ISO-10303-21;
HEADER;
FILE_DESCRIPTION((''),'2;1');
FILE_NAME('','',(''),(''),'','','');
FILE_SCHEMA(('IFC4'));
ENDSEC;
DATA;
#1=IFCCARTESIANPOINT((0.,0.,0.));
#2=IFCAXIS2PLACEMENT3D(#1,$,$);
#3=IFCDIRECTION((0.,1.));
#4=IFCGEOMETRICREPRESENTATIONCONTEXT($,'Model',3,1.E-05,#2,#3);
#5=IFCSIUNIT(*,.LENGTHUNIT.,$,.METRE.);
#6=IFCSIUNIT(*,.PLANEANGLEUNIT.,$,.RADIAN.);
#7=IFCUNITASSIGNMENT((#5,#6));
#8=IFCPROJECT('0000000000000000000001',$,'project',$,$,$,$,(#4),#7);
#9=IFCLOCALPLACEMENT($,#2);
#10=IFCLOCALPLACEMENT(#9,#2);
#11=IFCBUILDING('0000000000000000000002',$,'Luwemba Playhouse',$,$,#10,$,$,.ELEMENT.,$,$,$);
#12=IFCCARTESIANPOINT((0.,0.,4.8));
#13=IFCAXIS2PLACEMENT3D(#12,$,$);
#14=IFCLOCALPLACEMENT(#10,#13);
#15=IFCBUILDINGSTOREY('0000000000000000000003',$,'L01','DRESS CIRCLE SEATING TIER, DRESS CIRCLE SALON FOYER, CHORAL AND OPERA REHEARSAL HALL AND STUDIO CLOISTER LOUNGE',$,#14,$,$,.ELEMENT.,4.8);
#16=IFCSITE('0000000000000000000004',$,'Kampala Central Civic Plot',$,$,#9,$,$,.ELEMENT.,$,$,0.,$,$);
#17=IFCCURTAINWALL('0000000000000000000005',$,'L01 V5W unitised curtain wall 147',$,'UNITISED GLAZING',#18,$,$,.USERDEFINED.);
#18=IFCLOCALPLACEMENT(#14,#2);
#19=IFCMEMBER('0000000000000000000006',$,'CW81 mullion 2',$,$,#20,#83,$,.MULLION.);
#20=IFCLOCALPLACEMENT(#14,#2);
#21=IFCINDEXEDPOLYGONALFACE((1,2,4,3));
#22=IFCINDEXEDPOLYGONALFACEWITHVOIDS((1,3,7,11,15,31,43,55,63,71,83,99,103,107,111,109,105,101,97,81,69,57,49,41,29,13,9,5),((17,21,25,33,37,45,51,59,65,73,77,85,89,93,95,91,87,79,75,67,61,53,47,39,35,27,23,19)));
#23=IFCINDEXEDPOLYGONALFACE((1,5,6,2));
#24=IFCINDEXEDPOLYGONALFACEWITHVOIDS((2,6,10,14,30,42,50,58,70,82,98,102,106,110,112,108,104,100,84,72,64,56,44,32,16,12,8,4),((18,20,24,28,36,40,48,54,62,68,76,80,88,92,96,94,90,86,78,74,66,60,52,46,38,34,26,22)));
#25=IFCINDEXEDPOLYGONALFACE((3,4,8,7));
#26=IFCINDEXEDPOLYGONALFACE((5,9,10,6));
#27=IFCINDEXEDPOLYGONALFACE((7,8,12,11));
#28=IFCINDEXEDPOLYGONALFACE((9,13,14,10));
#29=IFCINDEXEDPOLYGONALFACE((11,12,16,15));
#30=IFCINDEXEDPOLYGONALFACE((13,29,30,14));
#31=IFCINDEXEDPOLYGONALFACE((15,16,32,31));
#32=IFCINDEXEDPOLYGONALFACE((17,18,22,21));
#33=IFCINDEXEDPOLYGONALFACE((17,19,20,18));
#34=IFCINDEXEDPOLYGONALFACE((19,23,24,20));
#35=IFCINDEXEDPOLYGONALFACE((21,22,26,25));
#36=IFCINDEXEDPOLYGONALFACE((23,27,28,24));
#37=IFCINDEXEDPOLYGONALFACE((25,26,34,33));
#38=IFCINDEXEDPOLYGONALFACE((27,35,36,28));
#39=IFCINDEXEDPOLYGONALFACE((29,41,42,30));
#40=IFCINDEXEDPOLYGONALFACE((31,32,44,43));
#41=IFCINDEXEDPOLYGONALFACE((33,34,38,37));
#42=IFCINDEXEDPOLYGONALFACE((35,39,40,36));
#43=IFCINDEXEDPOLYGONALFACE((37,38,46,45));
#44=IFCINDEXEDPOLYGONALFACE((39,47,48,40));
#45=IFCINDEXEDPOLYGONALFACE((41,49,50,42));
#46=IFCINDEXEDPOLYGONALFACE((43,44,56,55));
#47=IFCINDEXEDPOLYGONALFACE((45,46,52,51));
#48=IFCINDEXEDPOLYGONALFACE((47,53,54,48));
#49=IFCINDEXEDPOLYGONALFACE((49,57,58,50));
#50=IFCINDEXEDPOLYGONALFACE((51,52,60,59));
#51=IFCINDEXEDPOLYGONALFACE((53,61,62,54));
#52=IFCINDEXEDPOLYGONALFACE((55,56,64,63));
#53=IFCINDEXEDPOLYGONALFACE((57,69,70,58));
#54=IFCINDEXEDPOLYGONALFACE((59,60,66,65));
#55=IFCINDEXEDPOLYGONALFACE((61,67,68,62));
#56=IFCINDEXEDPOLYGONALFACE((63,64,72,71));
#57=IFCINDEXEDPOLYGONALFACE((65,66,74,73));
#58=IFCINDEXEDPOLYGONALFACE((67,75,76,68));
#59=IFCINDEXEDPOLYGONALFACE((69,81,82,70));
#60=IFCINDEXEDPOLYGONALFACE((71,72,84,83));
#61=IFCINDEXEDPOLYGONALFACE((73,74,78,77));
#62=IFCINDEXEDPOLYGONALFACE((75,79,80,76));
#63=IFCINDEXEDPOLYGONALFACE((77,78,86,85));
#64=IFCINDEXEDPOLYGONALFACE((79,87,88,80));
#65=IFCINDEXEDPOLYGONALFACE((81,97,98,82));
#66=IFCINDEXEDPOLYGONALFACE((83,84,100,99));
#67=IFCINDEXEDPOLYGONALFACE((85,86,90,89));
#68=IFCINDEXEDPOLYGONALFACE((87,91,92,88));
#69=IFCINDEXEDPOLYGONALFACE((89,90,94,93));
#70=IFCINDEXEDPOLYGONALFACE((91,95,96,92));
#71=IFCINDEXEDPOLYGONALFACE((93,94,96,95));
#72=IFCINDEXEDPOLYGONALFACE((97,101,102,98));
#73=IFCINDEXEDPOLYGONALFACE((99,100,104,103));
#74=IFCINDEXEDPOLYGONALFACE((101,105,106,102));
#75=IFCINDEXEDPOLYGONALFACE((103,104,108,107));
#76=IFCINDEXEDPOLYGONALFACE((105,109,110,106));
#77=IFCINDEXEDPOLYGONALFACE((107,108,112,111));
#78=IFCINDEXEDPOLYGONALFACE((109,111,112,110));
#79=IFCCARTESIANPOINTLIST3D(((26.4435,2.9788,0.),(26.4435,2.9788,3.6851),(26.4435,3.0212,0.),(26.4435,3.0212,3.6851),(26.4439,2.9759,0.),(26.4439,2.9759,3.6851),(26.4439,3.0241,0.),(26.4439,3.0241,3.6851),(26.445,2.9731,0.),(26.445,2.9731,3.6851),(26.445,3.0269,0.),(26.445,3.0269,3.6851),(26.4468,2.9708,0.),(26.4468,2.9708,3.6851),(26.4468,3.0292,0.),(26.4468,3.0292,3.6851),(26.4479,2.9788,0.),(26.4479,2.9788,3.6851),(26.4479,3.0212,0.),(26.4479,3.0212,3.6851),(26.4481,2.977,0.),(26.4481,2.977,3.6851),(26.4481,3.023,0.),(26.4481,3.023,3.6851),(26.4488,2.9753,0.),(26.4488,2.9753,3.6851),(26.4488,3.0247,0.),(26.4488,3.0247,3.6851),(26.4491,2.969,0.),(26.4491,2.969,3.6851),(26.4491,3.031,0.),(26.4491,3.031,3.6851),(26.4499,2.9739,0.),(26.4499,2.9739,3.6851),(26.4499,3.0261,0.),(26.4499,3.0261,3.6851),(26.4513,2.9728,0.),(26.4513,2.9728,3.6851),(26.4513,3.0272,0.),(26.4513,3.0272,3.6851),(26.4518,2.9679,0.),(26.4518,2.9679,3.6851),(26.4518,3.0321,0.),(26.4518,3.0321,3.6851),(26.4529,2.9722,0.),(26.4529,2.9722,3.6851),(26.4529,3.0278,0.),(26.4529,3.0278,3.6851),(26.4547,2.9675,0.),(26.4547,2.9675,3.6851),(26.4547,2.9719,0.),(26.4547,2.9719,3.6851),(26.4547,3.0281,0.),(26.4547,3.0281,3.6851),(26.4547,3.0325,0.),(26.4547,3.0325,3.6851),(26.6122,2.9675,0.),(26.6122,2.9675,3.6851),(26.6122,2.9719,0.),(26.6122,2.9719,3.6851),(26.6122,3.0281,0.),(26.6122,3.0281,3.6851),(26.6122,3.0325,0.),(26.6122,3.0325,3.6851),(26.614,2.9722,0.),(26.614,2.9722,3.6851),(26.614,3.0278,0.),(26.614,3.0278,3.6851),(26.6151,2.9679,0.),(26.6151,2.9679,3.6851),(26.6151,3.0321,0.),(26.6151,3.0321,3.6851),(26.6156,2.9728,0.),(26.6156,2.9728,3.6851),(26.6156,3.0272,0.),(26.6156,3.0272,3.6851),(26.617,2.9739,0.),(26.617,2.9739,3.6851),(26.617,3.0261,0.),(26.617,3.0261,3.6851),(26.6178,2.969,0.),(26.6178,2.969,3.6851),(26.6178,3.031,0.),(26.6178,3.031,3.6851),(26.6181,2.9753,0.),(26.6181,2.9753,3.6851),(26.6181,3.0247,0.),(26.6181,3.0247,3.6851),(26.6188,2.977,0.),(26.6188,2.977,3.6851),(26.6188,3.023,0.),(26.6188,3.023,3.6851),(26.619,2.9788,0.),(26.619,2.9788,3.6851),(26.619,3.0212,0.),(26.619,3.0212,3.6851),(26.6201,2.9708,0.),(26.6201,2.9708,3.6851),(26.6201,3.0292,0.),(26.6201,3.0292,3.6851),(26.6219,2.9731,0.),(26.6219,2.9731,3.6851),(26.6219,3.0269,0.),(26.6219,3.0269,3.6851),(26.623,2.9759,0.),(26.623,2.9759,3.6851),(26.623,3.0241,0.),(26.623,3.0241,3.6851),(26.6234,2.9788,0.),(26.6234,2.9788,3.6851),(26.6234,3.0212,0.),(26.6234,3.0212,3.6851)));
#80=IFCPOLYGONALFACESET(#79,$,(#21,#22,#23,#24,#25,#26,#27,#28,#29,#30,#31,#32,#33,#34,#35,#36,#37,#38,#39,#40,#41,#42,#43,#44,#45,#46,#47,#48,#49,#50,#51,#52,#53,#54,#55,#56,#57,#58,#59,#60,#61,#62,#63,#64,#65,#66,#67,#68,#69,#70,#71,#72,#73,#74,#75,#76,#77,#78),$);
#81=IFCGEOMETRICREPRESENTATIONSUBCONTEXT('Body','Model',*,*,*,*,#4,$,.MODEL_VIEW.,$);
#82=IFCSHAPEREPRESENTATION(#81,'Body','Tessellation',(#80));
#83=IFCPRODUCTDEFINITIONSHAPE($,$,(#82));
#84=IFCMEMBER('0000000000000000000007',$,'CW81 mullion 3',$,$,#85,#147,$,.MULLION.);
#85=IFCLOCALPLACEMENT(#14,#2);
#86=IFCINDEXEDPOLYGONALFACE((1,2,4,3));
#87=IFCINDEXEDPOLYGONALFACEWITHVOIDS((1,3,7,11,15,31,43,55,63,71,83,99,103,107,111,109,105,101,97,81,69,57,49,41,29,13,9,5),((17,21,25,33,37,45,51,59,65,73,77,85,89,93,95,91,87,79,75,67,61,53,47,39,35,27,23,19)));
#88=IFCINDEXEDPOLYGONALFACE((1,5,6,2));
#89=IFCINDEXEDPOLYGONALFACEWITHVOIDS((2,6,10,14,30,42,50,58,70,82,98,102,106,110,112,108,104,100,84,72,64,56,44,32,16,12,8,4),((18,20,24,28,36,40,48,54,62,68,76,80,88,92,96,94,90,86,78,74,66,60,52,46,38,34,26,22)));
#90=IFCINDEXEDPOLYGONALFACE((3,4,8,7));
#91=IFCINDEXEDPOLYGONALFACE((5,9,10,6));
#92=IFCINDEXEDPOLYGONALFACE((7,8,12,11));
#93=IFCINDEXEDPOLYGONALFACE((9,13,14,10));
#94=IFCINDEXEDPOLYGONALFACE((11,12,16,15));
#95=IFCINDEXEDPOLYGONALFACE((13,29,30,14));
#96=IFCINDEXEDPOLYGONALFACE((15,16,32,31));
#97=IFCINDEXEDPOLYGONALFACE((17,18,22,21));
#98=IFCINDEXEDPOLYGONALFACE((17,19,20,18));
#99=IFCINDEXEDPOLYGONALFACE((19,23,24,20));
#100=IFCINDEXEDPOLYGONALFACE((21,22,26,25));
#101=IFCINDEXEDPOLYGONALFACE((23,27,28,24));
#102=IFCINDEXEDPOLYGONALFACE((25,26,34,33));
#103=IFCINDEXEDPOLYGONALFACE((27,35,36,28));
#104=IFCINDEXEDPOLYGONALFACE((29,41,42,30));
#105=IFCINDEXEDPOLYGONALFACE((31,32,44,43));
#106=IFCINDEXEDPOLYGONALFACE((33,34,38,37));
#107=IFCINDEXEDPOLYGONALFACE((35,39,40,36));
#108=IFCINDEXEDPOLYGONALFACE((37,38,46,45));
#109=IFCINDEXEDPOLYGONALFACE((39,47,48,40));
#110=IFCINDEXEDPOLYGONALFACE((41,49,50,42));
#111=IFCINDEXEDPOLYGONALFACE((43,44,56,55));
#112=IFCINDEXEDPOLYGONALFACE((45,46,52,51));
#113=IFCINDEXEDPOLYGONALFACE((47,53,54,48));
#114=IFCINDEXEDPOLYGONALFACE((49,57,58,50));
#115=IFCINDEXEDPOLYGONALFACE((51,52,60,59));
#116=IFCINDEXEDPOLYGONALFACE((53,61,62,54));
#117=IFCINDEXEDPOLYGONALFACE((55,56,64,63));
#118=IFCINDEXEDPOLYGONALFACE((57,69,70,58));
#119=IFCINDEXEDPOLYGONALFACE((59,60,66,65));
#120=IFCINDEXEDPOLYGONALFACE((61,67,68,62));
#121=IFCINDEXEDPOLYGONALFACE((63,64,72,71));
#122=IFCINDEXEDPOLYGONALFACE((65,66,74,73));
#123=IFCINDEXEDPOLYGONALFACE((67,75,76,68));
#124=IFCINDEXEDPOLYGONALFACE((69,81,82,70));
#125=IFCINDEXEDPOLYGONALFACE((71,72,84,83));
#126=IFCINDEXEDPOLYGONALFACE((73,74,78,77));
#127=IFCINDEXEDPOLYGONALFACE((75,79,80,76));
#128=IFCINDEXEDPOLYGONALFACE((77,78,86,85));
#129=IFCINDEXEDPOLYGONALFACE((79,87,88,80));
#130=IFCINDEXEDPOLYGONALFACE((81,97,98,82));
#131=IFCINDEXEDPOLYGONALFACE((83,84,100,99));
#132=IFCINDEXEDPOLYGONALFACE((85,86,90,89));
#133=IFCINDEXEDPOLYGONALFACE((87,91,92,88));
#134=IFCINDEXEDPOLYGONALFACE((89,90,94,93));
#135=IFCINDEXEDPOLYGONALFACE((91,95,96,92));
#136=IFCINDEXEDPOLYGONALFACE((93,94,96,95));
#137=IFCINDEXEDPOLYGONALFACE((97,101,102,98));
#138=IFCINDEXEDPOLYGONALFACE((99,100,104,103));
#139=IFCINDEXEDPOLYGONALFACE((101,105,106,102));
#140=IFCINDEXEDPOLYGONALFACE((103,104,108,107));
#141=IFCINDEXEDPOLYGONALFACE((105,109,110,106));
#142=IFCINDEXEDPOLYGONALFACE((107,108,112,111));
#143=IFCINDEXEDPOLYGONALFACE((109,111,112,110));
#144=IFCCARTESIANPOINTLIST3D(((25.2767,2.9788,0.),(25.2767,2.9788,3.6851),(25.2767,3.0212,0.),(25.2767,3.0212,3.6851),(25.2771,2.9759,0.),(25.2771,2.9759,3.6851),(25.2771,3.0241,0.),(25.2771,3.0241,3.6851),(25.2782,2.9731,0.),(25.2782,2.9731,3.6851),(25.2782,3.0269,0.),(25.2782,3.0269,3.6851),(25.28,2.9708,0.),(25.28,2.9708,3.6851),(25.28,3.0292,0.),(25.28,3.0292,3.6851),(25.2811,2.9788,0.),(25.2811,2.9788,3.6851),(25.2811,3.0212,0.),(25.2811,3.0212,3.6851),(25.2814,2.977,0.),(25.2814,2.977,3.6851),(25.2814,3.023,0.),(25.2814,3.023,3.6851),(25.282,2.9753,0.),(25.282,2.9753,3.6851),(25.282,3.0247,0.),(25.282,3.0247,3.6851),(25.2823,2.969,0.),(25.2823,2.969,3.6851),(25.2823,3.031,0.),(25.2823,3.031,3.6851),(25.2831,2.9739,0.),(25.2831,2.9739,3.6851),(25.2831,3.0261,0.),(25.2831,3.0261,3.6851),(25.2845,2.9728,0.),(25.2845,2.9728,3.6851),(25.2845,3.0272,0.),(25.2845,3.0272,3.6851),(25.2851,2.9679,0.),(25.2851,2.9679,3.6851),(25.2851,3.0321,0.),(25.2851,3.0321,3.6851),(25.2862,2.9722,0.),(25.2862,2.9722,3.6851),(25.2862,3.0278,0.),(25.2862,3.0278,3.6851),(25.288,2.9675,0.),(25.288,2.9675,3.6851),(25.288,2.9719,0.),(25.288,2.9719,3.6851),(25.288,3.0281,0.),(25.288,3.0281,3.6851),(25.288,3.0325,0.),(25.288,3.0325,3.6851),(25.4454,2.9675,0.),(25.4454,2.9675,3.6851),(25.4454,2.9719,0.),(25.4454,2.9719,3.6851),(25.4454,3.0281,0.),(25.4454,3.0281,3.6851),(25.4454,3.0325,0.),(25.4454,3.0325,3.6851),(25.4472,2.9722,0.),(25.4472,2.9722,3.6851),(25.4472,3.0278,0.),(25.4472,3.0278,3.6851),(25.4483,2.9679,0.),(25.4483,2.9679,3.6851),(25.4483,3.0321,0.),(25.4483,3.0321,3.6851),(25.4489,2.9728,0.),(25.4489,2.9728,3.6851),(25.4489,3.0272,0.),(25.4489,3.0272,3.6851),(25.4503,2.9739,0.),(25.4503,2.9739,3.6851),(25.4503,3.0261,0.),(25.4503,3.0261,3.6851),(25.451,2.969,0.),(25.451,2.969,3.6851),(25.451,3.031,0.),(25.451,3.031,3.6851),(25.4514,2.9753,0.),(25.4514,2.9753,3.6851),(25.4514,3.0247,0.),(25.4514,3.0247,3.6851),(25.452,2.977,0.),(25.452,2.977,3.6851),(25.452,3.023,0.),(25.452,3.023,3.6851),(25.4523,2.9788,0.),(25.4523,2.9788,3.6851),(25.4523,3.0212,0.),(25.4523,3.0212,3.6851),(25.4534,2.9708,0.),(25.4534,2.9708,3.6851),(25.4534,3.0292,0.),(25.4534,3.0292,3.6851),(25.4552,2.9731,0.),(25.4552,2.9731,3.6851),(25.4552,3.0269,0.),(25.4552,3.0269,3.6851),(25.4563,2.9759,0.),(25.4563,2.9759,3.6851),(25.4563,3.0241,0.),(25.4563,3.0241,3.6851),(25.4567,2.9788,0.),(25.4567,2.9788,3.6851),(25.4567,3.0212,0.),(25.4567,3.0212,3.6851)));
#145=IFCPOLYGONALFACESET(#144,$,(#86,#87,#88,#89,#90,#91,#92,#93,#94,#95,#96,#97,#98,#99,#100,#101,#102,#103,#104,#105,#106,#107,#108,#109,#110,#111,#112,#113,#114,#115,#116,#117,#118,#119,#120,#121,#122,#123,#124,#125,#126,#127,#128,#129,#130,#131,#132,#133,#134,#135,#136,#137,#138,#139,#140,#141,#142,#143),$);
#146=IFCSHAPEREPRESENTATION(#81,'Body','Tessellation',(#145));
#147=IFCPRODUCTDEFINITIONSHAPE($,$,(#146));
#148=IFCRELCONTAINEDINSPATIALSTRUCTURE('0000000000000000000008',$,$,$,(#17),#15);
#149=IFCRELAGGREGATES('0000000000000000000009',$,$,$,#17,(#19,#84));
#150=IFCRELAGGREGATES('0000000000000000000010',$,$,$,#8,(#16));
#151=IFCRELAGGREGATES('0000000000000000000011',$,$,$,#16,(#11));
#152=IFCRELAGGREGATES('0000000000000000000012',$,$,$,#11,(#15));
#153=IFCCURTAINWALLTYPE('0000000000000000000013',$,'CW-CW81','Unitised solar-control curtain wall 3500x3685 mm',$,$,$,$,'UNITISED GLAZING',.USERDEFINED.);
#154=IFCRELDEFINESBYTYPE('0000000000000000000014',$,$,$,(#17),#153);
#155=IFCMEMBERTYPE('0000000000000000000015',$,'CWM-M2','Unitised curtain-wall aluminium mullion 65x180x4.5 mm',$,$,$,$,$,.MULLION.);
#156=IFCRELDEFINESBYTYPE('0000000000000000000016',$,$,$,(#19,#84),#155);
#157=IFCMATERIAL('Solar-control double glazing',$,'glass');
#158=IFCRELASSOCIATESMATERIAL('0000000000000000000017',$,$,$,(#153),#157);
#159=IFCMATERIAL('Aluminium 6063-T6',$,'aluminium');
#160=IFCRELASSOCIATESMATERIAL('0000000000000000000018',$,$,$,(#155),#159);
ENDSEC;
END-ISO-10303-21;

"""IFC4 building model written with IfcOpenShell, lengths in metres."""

from ifc_helpers import new_model, si_unit, direction, frame, origin, origin_2d, place, context, subcontext, project, spatial, hollow_rectangle, extrude, material, material_profile, profile_set, type_object, element, aggregate, save


model = new_model("IFC4")

# Units and contexts
model_context = context("Model", 3, precision=1e-05, world=origin(), true_north=direction((0.0, 1.0)))
body_context = subcontext(model_context, "Body", "Model", "MODEL_VIEW")
ifc_project = project(units=[si_unit("LENGTHUNIT", "METRE"), si_unit("PLANEANGLEUNIT", "RADIAN")], contexts=[model_context])

# Site, building, storey
site_placement = place(None, origin())
site = spatial("IfcSite", under=ifc_project, at=site_placement, Name="Kampala Central Civic Plot", CompositionType="ELEMENT", RefElevation=0.0)
building_placement = place(site_placement, origin())
building = spatial("IfcBuilding", under=site, at=building_placement, Name="Luwemba Playhouse", CompositionType="ELEMENT")
storey_placement = place(building_placement, frame((0.0, 0.0, 4.8)))
storey = spatial("IfcBuildingStorey", under=building, at=storey_placement, Name="L01", Description="DRESS CIRCLE SEATING TIER, DRESS CIRCLE SALON FOYER, CHORAL AND OPERA REHEARSAL HALL AND STUDIO CLOISTER LOUNGE", CompositionType="ELEMENT", Elevation=4.8)

# Shared definitions
ifc_material_1 = material(Name="Solar-control double glazing", Category="glass")
ifc_material_2 = material(Name="Aluminium 6063-T6", Category="aluminium")

# Curtain wall, members
curtain_wall_type_1 = type_object("IfcCurtainWallType", Name="CW-CW81", Description="Unitised solar-control curtain wall 3500x3685 mm", ElementType="UNITISED GLAZING", PredefinedType="USERDEFINED", material=ifc_material_1)
curtain_wall_1_placement = place(storey_placement, origin())
curtain_wall_1 = element("IfcCurtainWall", 1, at=curtain_wall_1_placement, inside=storey, type_object=curtain_wall_type_1, Name="L01 V5W unitised curtain wall 147", ObjectType="UNITISED GLAZING", PredefinedType="USERDEFINED")
ifc_material_profile_1 = material_profile(ifc_material_2, hollow_rectangle(XDim=0.0649, YDim=0.1799, WallThickness=0.0044, InnerFilletRadius=0.0068, OuterFilletRadius=0.0112, at=origin_2d()))
ifc_profile_set_1 = profile_set([ifc_material_profile_1], Name="Aluminium 6063-T6")
member_type_1 = type_object("IfcMemberType", Name="CWM-M2", Description="Unitised curtain-wall aluminium mullion 65x180x4.5 mm", PredefinedType="MULLION", material=ifc_profile_set_1)
member_1_placement = place(storey_placement, frame((26.5334, 3.0, 0.0), z_axis=(0.0, 0.0, 1.0), x_axis=(0.0, -1.0, 0.0)))
member_1 = element("IfcMember", 2, at=member_1_placement, type_object=member_type_1, Name="CW81 mullion 2", PredefinedType="MULLION", context=body_context, shape_type="SweptSolid", body=[
    extrude(hollow_rectangle(XDim=0.0649, YDim=0.1799, WallThickness=0.0044, InnerFilletRadius=0.0068, OuterFilletRadius=0.0112, at=origin_2d()), origin(), (0.0, 0.0, 1.0), 3.6851),
])
member_2_placement = place(storey_placement, frame((25.3667, 3.0, 0.0), z_axis=(0.0, 0.0, 1.0), x_axis=(0.0, -1.0, 0.0)))
member_2 = element("IfcMember", 3, at=member_2_placement, type_object=member_type_1, Name="CW81 mullion 3", PredefinedType="MULLION", context=body_context, shape_type="SweptSolid", body=[
    extrude(hollow_rectangle(XDim=0.0649, YDim=0.1799, WallThickness=0.0044, InnerFilletRadius=0.0068, OuterFilletRadius=0.0112, at=origin_2d()), origin(), (0.0, 0.0, 1.0), 3.6851),
])
aggregate(curtain_wall_1, [member_1, member_2])

save(model, "model.ifc")
